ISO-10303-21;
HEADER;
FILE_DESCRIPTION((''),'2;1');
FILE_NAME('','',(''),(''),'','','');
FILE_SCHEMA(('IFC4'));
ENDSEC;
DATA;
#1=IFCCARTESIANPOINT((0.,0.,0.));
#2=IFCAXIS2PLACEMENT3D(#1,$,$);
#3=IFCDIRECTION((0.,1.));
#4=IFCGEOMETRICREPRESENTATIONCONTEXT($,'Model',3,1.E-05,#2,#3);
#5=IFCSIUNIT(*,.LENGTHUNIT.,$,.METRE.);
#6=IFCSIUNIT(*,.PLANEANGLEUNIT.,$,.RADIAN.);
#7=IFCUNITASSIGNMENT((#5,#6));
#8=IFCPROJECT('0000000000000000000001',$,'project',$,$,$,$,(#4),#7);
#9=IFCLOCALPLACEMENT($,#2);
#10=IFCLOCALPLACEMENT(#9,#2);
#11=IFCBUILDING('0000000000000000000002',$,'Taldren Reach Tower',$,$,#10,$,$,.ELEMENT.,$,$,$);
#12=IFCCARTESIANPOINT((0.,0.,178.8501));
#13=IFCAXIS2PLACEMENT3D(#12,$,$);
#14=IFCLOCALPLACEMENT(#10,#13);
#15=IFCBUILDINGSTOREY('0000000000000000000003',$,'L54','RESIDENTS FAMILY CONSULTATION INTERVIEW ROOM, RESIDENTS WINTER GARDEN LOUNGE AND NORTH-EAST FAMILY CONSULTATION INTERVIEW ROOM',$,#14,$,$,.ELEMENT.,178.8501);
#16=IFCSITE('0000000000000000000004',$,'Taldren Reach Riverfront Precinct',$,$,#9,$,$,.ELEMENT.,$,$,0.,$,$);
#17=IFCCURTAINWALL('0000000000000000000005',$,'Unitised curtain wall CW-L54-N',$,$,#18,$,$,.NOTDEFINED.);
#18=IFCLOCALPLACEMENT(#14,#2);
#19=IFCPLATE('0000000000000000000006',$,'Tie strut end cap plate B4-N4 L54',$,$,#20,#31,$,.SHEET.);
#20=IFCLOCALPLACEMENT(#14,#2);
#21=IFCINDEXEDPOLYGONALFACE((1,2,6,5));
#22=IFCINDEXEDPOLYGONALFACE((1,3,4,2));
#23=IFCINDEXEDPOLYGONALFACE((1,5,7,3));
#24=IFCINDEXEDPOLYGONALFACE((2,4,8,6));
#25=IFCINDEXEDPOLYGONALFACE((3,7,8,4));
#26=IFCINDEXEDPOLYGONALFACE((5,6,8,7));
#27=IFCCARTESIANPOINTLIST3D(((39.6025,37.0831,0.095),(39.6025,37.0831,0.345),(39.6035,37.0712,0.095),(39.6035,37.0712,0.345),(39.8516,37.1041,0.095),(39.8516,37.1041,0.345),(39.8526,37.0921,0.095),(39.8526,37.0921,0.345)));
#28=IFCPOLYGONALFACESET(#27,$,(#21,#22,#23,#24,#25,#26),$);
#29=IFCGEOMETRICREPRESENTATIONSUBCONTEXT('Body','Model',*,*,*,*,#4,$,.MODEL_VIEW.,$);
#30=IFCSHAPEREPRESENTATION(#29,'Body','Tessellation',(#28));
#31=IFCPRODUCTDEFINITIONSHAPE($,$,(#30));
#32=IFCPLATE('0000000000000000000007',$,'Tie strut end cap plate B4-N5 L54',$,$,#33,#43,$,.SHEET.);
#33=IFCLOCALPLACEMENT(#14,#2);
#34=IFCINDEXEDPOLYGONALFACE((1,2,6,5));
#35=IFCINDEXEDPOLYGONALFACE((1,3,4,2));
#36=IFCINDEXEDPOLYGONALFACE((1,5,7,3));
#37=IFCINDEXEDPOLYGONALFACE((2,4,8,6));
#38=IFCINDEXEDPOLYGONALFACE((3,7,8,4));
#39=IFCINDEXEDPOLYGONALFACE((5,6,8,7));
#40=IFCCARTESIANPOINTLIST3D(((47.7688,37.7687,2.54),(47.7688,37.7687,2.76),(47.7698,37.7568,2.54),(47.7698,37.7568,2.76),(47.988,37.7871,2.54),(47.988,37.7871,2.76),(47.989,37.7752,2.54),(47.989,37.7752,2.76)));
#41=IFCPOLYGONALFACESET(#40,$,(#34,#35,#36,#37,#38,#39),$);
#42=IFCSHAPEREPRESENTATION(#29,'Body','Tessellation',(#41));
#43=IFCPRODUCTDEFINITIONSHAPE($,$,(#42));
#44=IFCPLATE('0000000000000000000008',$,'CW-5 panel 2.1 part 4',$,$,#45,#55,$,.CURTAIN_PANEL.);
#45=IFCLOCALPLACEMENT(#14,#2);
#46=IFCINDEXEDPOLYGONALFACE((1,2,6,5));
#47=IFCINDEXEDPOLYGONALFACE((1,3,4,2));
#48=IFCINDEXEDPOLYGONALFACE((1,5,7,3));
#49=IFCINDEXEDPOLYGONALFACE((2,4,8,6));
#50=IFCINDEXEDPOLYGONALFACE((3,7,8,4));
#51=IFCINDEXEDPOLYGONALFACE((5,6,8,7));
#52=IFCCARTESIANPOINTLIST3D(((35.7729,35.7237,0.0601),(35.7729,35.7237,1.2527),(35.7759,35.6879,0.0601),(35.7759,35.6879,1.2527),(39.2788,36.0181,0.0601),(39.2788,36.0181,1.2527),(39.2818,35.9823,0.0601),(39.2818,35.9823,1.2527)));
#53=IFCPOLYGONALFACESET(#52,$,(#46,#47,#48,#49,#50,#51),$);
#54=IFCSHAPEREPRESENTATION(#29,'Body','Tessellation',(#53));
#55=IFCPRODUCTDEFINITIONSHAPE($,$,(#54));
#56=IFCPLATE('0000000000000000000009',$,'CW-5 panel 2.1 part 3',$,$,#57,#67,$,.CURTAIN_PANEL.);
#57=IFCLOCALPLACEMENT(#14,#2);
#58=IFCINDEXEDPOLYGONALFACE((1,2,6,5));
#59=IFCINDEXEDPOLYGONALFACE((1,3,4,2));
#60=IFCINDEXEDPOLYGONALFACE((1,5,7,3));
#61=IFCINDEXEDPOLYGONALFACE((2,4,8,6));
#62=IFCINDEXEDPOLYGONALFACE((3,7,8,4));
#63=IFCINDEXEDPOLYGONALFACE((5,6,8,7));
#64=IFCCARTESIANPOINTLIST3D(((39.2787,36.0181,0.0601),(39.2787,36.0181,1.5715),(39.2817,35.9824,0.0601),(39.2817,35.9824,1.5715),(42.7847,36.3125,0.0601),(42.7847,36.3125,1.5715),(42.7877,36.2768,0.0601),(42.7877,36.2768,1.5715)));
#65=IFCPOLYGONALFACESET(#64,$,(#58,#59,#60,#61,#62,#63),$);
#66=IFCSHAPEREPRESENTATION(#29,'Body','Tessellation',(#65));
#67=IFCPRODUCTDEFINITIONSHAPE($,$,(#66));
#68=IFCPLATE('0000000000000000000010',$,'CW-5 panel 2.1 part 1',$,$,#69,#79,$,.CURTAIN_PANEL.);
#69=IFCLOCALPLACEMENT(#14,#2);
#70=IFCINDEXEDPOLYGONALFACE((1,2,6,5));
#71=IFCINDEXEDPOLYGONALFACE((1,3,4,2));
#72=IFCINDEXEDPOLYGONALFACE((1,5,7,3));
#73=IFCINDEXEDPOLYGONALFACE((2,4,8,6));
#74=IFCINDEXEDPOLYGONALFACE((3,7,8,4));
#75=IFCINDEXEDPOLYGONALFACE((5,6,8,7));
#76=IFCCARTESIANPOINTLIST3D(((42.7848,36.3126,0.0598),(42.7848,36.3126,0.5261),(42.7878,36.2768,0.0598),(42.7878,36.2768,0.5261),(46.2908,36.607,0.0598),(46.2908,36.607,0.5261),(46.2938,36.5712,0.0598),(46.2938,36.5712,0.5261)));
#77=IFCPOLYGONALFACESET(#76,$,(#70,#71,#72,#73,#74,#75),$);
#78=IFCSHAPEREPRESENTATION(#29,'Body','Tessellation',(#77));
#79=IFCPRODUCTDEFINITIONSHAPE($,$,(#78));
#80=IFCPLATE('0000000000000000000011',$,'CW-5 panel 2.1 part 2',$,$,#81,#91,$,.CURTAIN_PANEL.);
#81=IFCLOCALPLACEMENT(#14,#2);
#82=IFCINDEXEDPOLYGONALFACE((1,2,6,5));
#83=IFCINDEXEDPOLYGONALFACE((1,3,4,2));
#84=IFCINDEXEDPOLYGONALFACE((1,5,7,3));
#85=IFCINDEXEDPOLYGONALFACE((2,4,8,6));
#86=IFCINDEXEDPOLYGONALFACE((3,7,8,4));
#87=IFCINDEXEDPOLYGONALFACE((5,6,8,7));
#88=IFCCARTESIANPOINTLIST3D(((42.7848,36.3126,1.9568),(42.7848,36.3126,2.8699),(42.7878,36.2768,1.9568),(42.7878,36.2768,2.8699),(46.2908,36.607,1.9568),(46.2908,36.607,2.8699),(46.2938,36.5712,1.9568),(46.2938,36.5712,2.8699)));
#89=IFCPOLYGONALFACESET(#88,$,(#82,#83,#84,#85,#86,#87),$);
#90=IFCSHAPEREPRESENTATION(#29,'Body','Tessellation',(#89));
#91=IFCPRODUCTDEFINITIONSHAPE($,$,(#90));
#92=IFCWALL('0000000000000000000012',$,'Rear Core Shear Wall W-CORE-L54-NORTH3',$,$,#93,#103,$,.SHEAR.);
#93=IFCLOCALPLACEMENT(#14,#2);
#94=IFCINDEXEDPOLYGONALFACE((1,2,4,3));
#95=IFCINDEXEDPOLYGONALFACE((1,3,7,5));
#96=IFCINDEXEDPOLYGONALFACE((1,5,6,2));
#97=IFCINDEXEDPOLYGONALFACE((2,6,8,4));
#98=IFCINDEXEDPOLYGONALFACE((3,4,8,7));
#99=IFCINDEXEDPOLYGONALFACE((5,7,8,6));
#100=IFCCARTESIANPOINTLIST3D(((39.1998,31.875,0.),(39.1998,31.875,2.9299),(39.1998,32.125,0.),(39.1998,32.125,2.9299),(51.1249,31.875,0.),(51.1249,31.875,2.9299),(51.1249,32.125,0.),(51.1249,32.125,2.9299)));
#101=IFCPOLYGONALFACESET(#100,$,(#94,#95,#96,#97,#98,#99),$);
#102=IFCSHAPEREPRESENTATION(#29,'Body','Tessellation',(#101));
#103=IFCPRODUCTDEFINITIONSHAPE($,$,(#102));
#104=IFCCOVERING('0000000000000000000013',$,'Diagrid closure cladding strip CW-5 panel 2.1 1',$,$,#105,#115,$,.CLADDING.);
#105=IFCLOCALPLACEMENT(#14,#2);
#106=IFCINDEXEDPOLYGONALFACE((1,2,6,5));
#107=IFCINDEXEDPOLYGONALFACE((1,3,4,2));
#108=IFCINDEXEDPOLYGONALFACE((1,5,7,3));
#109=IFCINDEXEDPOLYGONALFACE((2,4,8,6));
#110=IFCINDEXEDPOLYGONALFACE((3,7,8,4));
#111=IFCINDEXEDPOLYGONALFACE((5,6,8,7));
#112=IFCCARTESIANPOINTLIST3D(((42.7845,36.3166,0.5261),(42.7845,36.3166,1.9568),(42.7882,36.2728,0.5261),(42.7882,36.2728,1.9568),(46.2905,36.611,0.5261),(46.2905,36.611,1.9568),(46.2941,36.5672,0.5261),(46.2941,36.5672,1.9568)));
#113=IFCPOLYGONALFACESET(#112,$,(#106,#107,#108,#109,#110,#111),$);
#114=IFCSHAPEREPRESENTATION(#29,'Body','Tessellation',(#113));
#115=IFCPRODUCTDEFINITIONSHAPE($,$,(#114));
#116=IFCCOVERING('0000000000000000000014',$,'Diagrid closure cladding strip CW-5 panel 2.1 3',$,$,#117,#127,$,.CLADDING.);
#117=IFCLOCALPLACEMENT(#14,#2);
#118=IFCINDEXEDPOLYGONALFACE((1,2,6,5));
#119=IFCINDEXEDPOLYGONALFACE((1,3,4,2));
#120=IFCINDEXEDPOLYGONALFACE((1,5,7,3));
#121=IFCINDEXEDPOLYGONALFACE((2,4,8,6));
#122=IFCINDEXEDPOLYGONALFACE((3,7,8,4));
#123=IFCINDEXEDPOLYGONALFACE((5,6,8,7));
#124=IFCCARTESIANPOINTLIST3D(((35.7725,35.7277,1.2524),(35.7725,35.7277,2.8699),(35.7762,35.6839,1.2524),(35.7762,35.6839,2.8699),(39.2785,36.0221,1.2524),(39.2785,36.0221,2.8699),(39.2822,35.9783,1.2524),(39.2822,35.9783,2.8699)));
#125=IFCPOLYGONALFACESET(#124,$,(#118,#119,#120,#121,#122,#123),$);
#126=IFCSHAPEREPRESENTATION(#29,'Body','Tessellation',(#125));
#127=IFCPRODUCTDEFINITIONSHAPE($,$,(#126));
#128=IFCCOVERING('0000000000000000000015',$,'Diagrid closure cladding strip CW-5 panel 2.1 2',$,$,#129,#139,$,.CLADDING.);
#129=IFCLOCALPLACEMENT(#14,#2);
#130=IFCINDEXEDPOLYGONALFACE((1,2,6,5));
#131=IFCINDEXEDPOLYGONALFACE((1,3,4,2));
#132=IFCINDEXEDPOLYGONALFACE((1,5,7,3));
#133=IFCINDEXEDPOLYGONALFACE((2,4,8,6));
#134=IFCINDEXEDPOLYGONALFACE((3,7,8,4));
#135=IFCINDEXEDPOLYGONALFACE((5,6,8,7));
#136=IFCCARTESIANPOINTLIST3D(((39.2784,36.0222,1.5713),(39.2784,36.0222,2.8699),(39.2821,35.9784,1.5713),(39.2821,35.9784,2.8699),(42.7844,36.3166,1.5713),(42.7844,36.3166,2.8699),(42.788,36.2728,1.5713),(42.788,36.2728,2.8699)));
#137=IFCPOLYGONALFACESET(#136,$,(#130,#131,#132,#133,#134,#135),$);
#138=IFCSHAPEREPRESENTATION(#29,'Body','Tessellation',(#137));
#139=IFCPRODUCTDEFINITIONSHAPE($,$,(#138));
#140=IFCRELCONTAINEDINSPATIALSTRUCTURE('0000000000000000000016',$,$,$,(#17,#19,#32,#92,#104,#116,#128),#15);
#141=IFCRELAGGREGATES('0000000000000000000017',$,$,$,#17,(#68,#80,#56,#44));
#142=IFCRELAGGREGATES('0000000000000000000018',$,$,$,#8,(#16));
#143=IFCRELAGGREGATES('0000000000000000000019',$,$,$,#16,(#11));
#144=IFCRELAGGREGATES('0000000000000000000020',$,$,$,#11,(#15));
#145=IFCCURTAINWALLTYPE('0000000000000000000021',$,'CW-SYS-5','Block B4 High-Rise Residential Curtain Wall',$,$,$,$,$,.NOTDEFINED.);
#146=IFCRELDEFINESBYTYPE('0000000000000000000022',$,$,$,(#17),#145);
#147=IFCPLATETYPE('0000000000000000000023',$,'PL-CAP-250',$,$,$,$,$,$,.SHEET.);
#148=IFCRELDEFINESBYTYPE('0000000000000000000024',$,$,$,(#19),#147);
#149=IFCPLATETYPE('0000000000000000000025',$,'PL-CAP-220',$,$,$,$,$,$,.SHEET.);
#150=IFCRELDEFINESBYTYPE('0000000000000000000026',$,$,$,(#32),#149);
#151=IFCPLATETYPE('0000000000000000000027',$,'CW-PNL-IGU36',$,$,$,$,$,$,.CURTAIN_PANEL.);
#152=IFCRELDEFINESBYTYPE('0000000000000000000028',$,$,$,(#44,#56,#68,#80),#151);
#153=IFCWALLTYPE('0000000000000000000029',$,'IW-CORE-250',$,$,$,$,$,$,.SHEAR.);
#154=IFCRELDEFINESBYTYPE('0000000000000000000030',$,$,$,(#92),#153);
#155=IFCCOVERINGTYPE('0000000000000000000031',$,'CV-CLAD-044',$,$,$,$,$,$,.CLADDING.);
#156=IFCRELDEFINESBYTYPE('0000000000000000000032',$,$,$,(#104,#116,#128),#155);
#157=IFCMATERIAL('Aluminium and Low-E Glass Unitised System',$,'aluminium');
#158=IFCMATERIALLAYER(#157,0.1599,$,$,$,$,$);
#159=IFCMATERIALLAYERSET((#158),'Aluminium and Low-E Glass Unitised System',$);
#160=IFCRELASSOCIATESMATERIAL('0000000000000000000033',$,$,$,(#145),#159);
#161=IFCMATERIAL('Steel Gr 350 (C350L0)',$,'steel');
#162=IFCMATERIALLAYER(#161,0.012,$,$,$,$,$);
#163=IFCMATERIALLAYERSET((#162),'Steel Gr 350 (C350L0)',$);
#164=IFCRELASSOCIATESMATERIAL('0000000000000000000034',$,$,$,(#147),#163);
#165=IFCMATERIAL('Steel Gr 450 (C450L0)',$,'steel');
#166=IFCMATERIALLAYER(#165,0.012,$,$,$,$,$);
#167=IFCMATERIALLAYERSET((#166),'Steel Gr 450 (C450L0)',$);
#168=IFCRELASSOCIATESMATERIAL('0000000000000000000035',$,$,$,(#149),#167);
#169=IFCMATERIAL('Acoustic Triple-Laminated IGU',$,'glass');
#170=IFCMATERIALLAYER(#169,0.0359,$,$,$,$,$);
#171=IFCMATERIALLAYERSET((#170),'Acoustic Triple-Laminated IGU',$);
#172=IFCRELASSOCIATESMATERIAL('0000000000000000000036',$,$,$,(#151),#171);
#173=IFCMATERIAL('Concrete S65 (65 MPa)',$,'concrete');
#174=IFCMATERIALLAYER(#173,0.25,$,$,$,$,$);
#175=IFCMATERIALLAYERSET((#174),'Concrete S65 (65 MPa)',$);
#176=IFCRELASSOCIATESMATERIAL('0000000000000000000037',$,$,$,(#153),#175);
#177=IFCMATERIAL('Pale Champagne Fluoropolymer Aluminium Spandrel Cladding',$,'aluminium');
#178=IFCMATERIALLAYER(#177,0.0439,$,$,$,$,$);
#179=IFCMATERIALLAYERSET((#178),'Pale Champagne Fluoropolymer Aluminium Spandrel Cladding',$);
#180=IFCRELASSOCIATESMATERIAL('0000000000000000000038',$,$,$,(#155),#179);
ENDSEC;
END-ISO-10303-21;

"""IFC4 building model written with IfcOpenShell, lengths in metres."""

from ifc_helpers import new_model, si_unit, direction, frame, frame_2d, origin, origin_2d, place, context, subcontext, project, spatial, rectangle, extrude, source, transform, mapped, material, layer, layer_set, type_object, element, aggregate, save


model = new_model("IFC4")

# Units and contexts
model_context = context("Model", 3, precision=1e-05, world=origin(), true_north=direction((0.0, 1.0)))
body_context = subcontext(model_context, "Body", "Model", "MODEL_VIEW")
ifc_project = project(units=[si_unit("LENGTHUNIT", "METRE"), si_unit("PLANEANGLEUNIT", "RADIAN")], contexts=[model_context])

# Site, building, storey
site_placement = place(None, origin())
site = spatial("IfcSite", under=ifc_project, at=site_placement, Name="Taldren Reach Riverfront Precinct", CompositionType="ELEMENT", RefElevation=0.0)
building_placement = place(site_placement, origin())
building = spatial("IfcBuilding", under=site, at=building_placement, Name="Taldren Reach Tower", CompositionType="ELEMENT")
storey_placement = place(building_placement, frame((0.0, 0.0, 178.8501)))
storey = spatial("IfcBuildingStorey", under=building, at=storey_placement, Name="L54", Description="RESIDENTS FAMILY CONSULTATION INTERVIEW ROOM, RESIDENTS WINTER GARDEN LOUNGE AND NORTH-EAST FAMILY CONSULTATION INTERVIEW ROOM", CompositionType="ELEMENT", Elevation=178.8501)

# Shared definitions
ifc_material_1 = material(Name="Steel Gr 450 (C450L0)", Category="steel")

# Shared definitions
ifc_material_2 = material(Name="Steel Gr 350 (C350L0)", Category="steel")

# Curtain wall
ifc_material_3 = material(Name="Aluminium and Low-E Glass Unitised System", Category="aluminium")
ifc_layer_1 = layer(ifc_material_3, 0.1599)
ifc_layer_set_1 = layer_set([ifc_layer_1], Name="Aluminium and Low-E Glass Unitised System")
curtain_wall_type = type_object("IfcCurtainWallType", Name="CW-SYS-5", Description="Block B4 High-Rise Residential Curtain Wall", PredefinedType="NOTDEFINED", material=ifc_layer_set_1)
curtain_wall_placement = place(storey_placement, origin())
curtain_wall = element("IfcCurtainWall", 1, at=curtain_wall_placement, inside=storey, type_object=curtain_wall_type, Name="Unitised curtain wall CW-L54-N", PredefinedType="NOTDEFINED")

# Plates
ifc_layer_2 = layer(ifc_material_2, 0.012)
ifc_layer_set_2 = layer_set([ifc_layer_2], Name="Steel Gr 350 (C350L0)")
plate_type_1 = type_object("IfcPlateType", Name="PL-CAP-250", PredefinedType="SHEET", material=ifc_layer_set_2)
shared_shape_1 = source(origin(), body_context, "Body", "SweptSolid", [
    extrude(rectangle(XDim=0.25, YDim=0.012, at=origin_2d()), origin(), (0.0, 0.0, 1.0), 0.25),
])
plate_1_placement = place(storey_placement, frame((39.7275, 37.0876, 0.095), z_axis=(0.0, 0.0, 1.0), x_axis=(0.996493, 0.083678, 0.0)))
element("IfcPlate", 2, at=plate_1_placement, inside=storey, type_object=plate_type_1, Name="Tie strut end cap plate B4-N4 L54", PredefinedType="SHEET", context=body_context, shape_type="MappedRepresentation", body=[
    mapped(shared_shape_1, transform((0.0, 0.0, 0.0), scale=1.0)),
])
ifc_layer_3 = layer(ifc_material_1, 0.012)
ifc_layer_set_3 = layer_set([ifc_layer_3], Name="Steel Gr 450 (C450L0)")
plate_type_2 = type_object("IfcPlateType", Name="PL-CAP-220", PredefinedType="SHEET", material=ifc_layer_set_3)
shared_shape_2 = source(origin(), body_context, "Body", "SweptSolid", [
    extrude(rectangle(XDim=0.22, YDim=0.012, at=origin_2d()), origin(), (0.0, 0.0, 1.0), 0.22),
])
plate_2_placement = place(storey_placement, frame((47.8789, 37.772, 2.54), z_axis=(0.0, 0.0, 1.0), x_axis=(0.996493, 0.083678, 0.0)))
element("IfcPlate", 3, at=plate_2_placement, inside=storey, type_object=plate_type_2, Name="Tie strut end cap plate B4-N5 L54", PredefinedType="SHEET", context=body_context, shape_type="MappedRepresentation", body=[
    mapped(shared_shape_2, transform((0.0, 0.0, 0.0), scale=1.0)),
])

# Plates
ifc_material_4 = material(Name="Acoustic Triple-Laminated IGU", Category="glass")
ifc_layer_4 = layer(ifc_material_4, 0.0359)
ifc_layer_set_4 = layer_set([ifc_layer_4], Name="Acoustic Triple-Laminated IGU")
plate_type_3 = type_object("IfcPlateType", Name="CW-PNL-IGU36", PredefinedType="CURTAIN_PANEL", material=ifc_layer_set_4)
shared_shape_3 = source(origin(), body_context, "Body", "SweptSolid", [
    extrude(rectangle(XDim=3.5183, YDim=0.0359, at=origin_2d()), origin(), (0.0, 0.0, 1.0), 1.1926),
])
plate_3_placement = place(storey_placement, frame((37.5273, 35.853, 0.0601), z_axis=(0.0, 0.0, 1.0), x_axis=(-0.996493, -0.083678, 0.0)))
plate_3 = element("IfcPlate", 4, at=plate_3_placement, type_object=plate_type_3, Name="CW-5 panel 2.1 part 4", PredefinedType="CURTAIN_PANEL", context=body_context, shape_type="MappedRepresentation", body=[
    mapped(shared_shape_3, transform((0.0, 0.0, 0.0), scale=1.0)),
])
shared_shape_4 = source(origin(), body_context, "Body", "SweptSolid", [
    extrude(rectangle(XDim=3.5183, YDim=0.0359, at=origin_2d()), origin(), (0.0, 0.0, 1.0), 1.5115),
])
plate_4_placement = place(storey_placement, frame((41.0332, 36.1475, 0.0601), z_axis=(0.0, 0.0, 1.0), x_axis=(-0.996493, -0.083678, 0.0)))
plate_4 = element("IfcPlate", 5, at=plate_4_placement, type_object=plate_type_3, Name="CW-5 panel 2.1 part 3", PredefinedType="CURTAIN_PANEL", context=body_context, shape_type="MappedRepresentation", body=[
    mapped(shared_shape_4, transform((0.0, 0.0, 0.0), scale=1.0)),
])
shared_shape_5 = source(origin(), body_context, "Body", "SweptSolid", [
    extrude(rectangle(XDim=3.5183, YDim=0.0359, at=origin_2d()), origin(), (0.0, 0.0, 1.0), 0.4663),
])
plate_5_placement = place(storey_placement, frame((44.5393, 36.4419, 0.0598), z_axis=(0.0, 0.0, 1.0), x_axis=(-0.996493, -0.083678, 0.0)))
plate_5 = element("IfcPlate", 6, at=plate_5_placement, type_object=plate_type_3, Name="CW-5 panel 2.1 part 1", PredefinedType="CURTAIN_PANEL", context=body_context, shape_type="MappedRepresentation", body=[
    mapped(shared_shape_5, transform((0.0, 0.0, 0.0), scale=1.0)),
])
shared_shape_6 = source(origin(), body_context, "Body", "SweptSolid", [
    extrude(rectangle(XDim=3.5183, YDim=0.0359, at=origin_2d()), origin(), (0.0, 0.0, 1.0), 0.9131),
])
plate_6_placement = place(storey_placement, frame((44.5393, 36.4419, 1.9568), z_axis=(0.0, 0.0, 1.0), x_axis=(-0.996493, -0.083678, 0.0)))
plate_6 = element("IfcPlate", 7, at=plate_6_placement, type_object=plate_type_3, Name="CW-5 panel 2.1 part 2", PredefinedType="CURTAIN_PANEL", context=body_context, shape_type="MappedRepresentation", body=[
    mapped(shared_shape_6, transform((0.0, 0.0, 0.0), scale=1.0)),
])
aggregate(curtain_wall, [plate_5, plate_6, plate_4, plate_3])

# Wall
ifc_material_5 = material(Name="Concrete S65 (65 MPa)", Category="concrete")
ifc_layer_5 = layer(ifc_material_5, 0.25)
ifc_layer_set_5 = layer_set([ifc_layer_5], Name="Concrete S65 (65 MPa)")
wall_type = type_object("IfcWallType", Name="IW-CORE-250", PredefinedType="SHEAR", material=ifc_layer_set_5)
shared_shape_7 = source(origin(), body_context, "Body", "SweptSolid", [
    extrude(rectangle(XDim=11.925, YDim=0.25, at=frame_2d((5.9624, 0.0))), origin(), (0.0, 0.0, 1.0), 2.9299),
])
wall_placement = place(storey_placement, frame((39.2, 32.0, 0.0), z_axis=(0.0, 0.0, 1.0), x_axis=(1.0, 0.0, 0.0)))
element("IfcWall", 8, at=wall_placement, inside=storey, type_object=wall_type, Name="Rear Core Shear Wall W-CORE-L54-NORTH3", PredefinedType="SHEAR", context=body_context, shape_type="MappedRepresentation", body=[
    mapped(shared_shape_7, transform((0.0, 0.0, 0.0), scale=1.0)),
])

# Coverings
ifc_material_6 = material(Name="Pale Champagne Fluoropolymer Aluminium Spandrel Cladding", Category="aluminium")
ifc_layer_6 = layer(ifc_material_6, 0.0439)
ifc_layer_set_6 = layer_set([ifc_layer_6], Name="Pale Champagne Fluoropolymer Aluminium Spandrel Cladding")
covering_type = type_object("IfcCoveringType", Name="CV-CLAD-044", PredefinedType="CLADDING", material=ifc_layer_set_6)
shared_shape_8 = source(origin(), body_context, "Body", "SweptSolid", [
    extrude(rectangle(XDim=3.5183, YDim=0.0439, at=origin_2d()), origin(), (0.0, 0.0, 1.0), 1.4307),
])
covering_1_placement = place(storey_placement, frame((44.5393, 36.4419, 0.5261), z_axis=(0.0, 0.0, 1.0), x_axis=(-0.996493, -0.083678, 0.0)))
element("IfcCovering", 9, at=covering_1_placement, inside=storey, type_object=covering_type, Name="Diagrid closure cladding strip CW-5 panel 2.1 1", PredefinedType="CLADDING", context=body_context, shape_type="MappedRepresentation", body=[
    mapped(shared_shape_8, transform((0.0, 0.0, 0.0), scale=1.0)),
])
shared_shape_9 = source(origin(), body_context, "Body", "SweptSolid", [
    extrude(rectangle(XDim=3.5183, YDim=0.0439, at=origin_2d()), origin(), (0.0, 0.0, 1.0), 1.6174),
])
covering_2_placement = place(storey_placement, frame((37.5273, 35.853, 1.2524), z_axis=(0.0, 0.0, 1.0), x_axis=(-0.996493, -0.083678, 0.0)))
element("IfcCovering", 10, at=covering_2_placement, inside=storey, type_object=covering_type, Name="Diagrid closure cladding strip CW-5 panel 2.1 3", PredefinedType="CLADDING", context=body_context, shape_type="MappedRepresentation", body=[
    mapped(shared_shape_9, transform((0.0, 0.0, 0.0), scale=1.0)),
])
shared_shape_10 = source(origin(), body_context, "Body", "SweptSolid", [
    extrude(rectangle(XDim=3.5183, YDim=0.0439, at=origin_2d()), origin(), (0.0, 0.0, 1.0), 1.2986),
])
covering_3_placement = place(storey_placement, frame((41.0332, 36.1475, 1.5713), z_axis=(0.0, 0.0, 1.0), x_axis=(-0.996493, -0.083678, 0.0)))
element("IfcCovering", 11, at=covering_3_placement, inside=storey, type_object=covering_type, Name="Diagrid closure cladding strip CW-5 panel 2.1 2", PredefinedType="CLADDING", context=body_context, shape_type="MappedRepresentation", body=[
    mapped(shared_shape_10, transform((0.0, 0.0, 0.0), scale=1.0)),
])

save(model, "model.ifc")
